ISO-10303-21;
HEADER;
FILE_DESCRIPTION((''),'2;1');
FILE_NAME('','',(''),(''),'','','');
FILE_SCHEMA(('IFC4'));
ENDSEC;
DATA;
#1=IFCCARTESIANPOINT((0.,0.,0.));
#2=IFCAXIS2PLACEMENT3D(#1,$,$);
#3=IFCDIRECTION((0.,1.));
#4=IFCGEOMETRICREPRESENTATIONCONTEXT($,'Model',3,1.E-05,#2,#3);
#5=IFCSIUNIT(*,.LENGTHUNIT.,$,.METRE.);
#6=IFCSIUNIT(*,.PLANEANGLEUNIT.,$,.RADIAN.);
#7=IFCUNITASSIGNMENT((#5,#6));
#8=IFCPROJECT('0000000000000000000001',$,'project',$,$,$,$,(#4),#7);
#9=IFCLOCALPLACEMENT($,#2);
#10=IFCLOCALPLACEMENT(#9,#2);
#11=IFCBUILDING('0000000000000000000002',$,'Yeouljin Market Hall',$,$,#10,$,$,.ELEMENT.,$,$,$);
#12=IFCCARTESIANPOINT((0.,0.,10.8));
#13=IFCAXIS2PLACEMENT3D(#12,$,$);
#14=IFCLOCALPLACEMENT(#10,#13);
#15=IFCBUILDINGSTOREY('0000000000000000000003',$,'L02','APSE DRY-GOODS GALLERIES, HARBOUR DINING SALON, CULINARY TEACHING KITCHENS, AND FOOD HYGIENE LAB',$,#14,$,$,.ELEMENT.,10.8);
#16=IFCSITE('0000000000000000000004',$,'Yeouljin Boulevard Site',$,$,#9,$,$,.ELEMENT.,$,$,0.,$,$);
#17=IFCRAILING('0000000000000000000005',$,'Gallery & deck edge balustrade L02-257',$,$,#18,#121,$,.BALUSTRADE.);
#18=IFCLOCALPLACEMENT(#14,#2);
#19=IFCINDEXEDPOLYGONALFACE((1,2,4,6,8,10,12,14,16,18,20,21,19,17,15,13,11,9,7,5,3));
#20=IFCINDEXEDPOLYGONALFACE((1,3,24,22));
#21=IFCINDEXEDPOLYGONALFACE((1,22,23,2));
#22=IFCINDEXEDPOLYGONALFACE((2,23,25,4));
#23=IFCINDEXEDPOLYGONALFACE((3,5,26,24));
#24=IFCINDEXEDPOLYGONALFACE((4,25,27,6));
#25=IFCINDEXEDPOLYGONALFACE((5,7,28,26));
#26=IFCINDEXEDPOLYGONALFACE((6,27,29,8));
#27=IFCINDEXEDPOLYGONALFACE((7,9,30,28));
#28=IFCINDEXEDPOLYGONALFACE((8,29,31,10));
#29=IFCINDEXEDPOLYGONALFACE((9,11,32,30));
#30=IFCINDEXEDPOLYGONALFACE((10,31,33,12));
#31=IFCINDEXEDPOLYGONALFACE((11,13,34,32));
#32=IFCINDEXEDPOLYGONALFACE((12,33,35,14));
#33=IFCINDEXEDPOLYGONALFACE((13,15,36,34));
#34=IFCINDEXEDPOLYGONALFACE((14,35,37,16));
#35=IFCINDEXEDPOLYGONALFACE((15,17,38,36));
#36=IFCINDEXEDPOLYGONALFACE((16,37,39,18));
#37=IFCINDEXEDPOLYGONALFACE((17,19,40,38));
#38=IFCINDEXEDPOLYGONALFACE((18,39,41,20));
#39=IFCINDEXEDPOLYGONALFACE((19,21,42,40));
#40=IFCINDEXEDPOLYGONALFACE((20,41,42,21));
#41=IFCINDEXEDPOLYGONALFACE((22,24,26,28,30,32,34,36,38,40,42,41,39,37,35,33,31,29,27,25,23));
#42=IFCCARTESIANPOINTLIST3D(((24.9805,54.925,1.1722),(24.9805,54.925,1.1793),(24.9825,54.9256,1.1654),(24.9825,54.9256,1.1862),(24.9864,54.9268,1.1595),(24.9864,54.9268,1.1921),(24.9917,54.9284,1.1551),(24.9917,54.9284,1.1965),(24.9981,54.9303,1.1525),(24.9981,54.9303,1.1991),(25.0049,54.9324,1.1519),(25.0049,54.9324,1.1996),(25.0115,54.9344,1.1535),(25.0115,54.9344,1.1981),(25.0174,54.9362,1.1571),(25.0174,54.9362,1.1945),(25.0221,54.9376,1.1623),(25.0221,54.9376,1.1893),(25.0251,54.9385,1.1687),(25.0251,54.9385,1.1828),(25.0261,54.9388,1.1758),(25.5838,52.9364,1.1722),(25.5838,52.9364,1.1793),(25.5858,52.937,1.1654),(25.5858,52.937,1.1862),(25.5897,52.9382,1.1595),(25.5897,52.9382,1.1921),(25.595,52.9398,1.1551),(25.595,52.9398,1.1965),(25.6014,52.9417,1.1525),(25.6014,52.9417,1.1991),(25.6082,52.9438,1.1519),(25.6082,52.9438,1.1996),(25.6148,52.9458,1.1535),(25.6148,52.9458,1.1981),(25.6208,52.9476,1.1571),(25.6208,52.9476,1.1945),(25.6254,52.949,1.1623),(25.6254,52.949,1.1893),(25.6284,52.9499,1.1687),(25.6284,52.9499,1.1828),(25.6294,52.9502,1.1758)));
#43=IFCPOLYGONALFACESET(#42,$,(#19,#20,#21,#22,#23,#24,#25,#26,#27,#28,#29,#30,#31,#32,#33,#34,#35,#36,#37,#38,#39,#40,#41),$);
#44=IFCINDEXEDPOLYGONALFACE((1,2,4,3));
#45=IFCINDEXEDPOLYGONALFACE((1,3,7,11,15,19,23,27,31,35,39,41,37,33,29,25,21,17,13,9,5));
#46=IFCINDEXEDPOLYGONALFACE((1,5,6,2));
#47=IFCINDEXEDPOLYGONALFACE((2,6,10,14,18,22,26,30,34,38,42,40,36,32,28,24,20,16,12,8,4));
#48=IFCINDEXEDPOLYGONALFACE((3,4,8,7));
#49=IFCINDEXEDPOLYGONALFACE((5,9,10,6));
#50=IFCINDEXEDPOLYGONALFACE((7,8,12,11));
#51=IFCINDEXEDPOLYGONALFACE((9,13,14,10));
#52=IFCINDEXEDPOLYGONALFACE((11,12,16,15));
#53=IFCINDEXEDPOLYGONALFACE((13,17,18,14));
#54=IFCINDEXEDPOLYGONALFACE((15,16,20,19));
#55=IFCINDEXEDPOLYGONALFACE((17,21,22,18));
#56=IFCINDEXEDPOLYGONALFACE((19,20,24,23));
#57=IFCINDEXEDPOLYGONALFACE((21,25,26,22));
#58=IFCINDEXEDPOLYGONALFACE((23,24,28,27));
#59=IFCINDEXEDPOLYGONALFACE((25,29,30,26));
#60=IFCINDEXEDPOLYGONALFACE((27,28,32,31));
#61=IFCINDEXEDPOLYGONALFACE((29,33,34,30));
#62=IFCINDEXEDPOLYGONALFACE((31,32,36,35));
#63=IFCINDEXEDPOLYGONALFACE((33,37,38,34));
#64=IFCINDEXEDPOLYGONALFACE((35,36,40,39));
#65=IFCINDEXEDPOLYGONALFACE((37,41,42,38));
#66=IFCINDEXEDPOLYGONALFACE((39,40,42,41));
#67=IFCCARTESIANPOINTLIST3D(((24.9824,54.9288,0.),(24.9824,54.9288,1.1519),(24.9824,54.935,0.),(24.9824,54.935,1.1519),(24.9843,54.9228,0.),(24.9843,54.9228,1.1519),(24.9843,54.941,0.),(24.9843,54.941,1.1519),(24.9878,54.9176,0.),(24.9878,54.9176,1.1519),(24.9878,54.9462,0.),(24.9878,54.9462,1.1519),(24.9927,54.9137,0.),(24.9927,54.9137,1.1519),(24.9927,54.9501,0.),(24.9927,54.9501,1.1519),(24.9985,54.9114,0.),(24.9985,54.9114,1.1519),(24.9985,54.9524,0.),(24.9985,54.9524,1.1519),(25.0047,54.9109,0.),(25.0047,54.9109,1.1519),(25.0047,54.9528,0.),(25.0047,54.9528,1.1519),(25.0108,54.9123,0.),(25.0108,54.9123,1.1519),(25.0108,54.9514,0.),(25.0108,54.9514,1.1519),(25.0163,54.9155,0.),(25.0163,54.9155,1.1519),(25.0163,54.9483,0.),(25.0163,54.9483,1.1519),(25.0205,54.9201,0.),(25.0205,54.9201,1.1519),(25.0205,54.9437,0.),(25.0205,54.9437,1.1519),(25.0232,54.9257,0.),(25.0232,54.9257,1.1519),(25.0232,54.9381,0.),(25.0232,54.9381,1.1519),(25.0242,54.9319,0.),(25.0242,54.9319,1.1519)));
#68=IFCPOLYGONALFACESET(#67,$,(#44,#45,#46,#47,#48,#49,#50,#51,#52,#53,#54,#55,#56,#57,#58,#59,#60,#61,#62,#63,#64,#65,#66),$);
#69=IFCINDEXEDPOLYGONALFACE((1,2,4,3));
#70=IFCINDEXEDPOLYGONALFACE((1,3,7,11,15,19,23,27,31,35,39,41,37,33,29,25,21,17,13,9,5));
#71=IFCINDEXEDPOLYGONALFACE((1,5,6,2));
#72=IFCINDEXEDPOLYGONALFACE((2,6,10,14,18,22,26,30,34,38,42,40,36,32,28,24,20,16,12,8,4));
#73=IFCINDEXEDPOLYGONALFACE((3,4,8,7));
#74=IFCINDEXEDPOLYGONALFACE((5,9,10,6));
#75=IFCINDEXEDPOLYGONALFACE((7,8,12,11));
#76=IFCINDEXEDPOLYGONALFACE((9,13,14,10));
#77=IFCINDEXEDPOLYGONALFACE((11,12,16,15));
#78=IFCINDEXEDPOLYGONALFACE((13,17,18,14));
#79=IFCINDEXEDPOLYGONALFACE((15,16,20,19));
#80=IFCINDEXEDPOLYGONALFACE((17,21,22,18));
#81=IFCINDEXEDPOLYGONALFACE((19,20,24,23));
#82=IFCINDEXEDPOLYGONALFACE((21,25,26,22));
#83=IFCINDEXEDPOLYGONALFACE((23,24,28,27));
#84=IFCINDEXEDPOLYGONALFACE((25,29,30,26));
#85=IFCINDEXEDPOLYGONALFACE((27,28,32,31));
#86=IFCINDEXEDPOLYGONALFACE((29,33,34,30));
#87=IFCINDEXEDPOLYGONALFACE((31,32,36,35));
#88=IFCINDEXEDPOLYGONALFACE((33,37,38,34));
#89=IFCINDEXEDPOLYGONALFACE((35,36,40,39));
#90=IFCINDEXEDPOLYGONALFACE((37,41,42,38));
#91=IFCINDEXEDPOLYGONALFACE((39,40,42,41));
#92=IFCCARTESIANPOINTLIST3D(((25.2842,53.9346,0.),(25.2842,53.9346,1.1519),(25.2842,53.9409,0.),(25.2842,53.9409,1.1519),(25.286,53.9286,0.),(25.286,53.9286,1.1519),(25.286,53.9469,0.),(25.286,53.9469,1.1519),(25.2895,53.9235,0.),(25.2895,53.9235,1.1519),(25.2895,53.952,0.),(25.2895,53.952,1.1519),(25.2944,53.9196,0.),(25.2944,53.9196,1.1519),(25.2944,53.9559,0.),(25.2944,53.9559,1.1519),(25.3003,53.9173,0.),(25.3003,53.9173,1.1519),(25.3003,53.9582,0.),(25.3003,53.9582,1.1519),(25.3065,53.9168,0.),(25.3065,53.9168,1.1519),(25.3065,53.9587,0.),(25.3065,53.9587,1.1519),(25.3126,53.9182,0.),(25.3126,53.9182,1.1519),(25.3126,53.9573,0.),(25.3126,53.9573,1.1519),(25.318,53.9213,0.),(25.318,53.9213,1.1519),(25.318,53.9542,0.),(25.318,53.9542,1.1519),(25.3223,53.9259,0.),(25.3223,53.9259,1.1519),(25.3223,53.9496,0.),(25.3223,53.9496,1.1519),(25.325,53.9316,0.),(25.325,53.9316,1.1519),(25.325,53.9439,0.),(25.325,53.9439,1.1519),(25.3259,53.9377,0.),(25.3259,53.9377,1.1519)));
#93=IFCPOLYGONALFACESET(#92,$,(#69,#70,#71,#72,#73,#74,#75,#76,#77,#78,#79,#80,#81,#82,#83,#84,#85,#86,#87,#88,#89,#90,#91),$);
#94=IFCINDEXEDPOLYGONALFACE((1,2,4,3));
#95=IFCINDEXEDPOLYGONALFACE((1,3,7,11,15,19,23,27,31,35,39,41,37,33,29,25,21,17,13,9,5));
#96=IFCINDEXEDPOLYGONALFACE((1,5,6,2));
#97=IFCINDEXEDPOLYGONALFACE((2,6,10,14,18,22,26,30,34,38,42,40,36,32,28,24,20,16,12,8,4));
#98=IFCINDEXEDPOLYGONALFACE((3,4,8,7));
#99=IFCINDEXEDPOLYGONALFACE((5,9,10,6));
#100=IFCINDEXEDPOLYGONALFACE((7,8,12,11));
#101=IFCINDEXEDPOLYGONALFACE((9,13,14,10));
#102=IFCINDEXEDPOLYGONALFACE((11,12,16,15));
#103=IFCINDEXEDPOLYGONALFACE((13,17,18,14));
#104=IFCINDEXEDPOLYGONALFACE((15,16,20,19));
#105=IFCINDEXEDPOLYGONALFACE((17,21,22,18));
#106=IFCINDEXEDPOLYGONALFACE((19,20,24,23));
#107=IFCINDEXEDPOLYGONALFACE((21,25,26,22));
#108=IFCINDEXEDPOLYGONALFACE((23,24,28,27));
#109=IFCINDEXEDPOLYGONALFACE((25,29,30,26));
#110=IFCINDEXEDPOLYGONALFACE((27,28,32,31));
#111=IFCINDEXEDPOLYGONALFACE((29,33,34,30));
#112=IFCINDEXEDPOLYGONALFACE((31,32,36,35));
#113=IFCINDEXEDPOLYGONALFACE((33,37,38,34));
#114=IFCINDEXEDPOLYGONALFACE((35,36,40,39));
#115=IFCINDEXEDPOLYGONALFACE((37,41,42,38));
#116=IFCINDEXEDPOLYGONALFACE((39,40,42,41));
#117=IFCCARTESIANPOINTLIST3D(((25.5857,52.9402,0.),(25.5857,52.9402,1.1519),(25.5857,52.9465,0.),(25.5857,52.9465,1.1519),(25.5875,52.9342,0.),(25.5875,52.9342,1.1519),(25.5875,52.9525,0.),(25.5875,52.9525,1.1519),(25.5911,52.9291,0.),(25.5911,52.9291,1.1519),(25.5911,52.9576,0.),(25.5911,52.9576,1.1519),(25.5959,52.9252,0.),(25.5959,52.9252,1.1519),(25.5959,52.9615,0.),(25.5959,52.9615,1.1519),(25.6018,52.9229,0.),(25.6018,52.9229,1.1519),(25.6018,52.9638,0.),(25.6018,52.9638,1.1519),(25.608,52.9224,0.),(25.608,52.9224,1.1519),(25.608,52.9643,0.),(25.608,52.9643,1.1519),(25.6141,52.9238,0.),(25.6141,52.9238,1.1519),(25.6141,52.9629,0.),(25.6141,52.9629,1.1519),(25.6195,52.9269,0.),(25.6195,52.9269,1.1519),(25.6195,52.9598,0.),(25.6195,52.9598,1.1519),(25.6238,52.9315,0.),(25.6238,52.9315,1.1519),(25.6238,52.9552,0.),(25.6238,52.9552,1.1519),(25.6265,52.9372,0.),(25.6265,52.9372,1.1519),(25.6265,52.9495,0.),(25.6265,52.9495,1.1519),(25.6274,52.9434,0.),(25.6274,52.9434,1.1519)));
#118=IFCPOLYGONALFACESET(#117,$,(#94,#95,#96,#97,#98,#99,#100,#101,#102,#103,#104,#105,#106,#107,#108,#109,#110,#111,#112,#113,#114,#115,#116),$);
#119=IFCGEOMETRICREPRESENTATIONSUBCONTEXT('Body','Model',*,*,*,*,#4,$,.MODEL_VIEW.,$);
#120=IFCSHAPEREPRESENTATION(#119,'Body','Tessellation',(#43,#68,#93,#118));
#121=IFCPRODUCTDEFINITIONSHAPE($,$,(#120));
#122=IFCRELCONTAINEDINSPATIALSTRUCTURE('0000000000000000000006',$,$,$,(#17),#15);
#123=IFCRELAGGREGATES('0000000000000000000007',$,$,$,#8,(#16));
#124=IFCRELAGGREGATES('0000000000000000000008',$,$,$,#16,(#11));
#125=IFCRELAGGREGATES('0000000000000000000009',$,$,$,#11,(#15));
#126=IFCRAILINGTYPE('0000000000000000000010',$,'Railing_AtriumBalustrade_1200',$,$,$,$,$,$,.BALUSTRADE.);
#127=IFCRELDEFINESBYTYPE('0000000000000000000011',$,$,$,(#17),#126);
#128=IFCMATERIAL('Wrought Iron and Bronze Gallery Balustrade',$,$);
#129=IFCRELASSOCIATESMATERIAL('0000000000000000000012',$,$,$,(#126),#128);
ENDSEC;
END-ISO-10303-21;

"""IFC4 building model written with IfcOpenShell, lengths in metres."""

from ifc_helpers import new_model, si_unit, direction, frame, origin, origin_2d, place, context, subcontext, project, spatial, circle, extrude, material, type_object, element, save


model = new_model("IFC4")

# Units and contexts
model_context = context("Model", 3, precision=1e-05, world=origin(), true_north=direction((0.0, 1.0)))
body_context = subcontext(model_context, "Body", "Model", "MODEL_VIEW")
ifc_project = project(units=[si_unit("LENGTHUNIT", "METRE"), si_unit("PLANEANGLEUNIT", "RADIAN")], contexts=[model_context])

# Site, building, storey
site_placement = place(None, origin())
site = spatial("IfcSite", under=ifc_project, at=site_placement, Name="Yeouljin Boulevard Site", CompositionType="ELEMENT", RefElevation=0.0)
building_placement = place(site_placement, origin())
building = spatial("IfcBuilding", under=site, at=building_placement, Name="Yeouljin Market Hall", CompositionType="ELEMENT")
storey_placement = place(building_placement, frame((0.0, 0.0, 10.8)))
storey = spatial("IfcBuildingStorey", under=building, at=storey_placement, Name="L02", Description="APSE DRY-GOODS GALLERIES, HARBOUR DINING SALON, CULINARY TEACHING KITCHENS, AND FOOD HYGIENE LAB", CompositionType="ELEMENT", Elevation=10.8)

# Railing
ifc_material_1 = material(Name="Wrought Iron and Bronze Gallery Balustrade")
railing_type = type_object("IfcRailingType", Name="Railing_AtriumBalustrade_1200", PredefinedType="BALUSTRADE", material=ifc_material_1)
railing_1_placement = place(storey_placement, frame((25.0032, 54.9319, 0.0)))
element("IfcRailing", 1, at=railing_1_placement, inside=storey, type_object=railing_type, Name="Gallery & deck edge balustrade L02-257", PredefinedType="BALUSTRADE", context=body_context, shape_type="SweptSolid", body=[
    extrude(circle(Radius=0.0239, at=origin_2d()), frame((0.0, 0.0, 1.1758), z_axis=(0.290311, -0.956932, 0.0), x_axis=(0.956932, 0.290311, 0.0)), (0.0, 0.0, 1.0), 2.0781),
    extrude(circle(Radius=0.021, at=origin_2d()), origin(), (0.0, 0.0, 1.0), 1.1519),
    extrude(circle(Radius=0.021, at=origin_2d()), frame((0.3018, -0.9941, 0.0)), (0.0, 0.0, 1.0), 1.1519),
    extrude(circle(Radius=0.021, at=origin_2d()), frame((0.6033, -1.9885, 0.0)), (0.0, 0.0, 1.0), 1.1519),
])

save(model, "model.ifc")
